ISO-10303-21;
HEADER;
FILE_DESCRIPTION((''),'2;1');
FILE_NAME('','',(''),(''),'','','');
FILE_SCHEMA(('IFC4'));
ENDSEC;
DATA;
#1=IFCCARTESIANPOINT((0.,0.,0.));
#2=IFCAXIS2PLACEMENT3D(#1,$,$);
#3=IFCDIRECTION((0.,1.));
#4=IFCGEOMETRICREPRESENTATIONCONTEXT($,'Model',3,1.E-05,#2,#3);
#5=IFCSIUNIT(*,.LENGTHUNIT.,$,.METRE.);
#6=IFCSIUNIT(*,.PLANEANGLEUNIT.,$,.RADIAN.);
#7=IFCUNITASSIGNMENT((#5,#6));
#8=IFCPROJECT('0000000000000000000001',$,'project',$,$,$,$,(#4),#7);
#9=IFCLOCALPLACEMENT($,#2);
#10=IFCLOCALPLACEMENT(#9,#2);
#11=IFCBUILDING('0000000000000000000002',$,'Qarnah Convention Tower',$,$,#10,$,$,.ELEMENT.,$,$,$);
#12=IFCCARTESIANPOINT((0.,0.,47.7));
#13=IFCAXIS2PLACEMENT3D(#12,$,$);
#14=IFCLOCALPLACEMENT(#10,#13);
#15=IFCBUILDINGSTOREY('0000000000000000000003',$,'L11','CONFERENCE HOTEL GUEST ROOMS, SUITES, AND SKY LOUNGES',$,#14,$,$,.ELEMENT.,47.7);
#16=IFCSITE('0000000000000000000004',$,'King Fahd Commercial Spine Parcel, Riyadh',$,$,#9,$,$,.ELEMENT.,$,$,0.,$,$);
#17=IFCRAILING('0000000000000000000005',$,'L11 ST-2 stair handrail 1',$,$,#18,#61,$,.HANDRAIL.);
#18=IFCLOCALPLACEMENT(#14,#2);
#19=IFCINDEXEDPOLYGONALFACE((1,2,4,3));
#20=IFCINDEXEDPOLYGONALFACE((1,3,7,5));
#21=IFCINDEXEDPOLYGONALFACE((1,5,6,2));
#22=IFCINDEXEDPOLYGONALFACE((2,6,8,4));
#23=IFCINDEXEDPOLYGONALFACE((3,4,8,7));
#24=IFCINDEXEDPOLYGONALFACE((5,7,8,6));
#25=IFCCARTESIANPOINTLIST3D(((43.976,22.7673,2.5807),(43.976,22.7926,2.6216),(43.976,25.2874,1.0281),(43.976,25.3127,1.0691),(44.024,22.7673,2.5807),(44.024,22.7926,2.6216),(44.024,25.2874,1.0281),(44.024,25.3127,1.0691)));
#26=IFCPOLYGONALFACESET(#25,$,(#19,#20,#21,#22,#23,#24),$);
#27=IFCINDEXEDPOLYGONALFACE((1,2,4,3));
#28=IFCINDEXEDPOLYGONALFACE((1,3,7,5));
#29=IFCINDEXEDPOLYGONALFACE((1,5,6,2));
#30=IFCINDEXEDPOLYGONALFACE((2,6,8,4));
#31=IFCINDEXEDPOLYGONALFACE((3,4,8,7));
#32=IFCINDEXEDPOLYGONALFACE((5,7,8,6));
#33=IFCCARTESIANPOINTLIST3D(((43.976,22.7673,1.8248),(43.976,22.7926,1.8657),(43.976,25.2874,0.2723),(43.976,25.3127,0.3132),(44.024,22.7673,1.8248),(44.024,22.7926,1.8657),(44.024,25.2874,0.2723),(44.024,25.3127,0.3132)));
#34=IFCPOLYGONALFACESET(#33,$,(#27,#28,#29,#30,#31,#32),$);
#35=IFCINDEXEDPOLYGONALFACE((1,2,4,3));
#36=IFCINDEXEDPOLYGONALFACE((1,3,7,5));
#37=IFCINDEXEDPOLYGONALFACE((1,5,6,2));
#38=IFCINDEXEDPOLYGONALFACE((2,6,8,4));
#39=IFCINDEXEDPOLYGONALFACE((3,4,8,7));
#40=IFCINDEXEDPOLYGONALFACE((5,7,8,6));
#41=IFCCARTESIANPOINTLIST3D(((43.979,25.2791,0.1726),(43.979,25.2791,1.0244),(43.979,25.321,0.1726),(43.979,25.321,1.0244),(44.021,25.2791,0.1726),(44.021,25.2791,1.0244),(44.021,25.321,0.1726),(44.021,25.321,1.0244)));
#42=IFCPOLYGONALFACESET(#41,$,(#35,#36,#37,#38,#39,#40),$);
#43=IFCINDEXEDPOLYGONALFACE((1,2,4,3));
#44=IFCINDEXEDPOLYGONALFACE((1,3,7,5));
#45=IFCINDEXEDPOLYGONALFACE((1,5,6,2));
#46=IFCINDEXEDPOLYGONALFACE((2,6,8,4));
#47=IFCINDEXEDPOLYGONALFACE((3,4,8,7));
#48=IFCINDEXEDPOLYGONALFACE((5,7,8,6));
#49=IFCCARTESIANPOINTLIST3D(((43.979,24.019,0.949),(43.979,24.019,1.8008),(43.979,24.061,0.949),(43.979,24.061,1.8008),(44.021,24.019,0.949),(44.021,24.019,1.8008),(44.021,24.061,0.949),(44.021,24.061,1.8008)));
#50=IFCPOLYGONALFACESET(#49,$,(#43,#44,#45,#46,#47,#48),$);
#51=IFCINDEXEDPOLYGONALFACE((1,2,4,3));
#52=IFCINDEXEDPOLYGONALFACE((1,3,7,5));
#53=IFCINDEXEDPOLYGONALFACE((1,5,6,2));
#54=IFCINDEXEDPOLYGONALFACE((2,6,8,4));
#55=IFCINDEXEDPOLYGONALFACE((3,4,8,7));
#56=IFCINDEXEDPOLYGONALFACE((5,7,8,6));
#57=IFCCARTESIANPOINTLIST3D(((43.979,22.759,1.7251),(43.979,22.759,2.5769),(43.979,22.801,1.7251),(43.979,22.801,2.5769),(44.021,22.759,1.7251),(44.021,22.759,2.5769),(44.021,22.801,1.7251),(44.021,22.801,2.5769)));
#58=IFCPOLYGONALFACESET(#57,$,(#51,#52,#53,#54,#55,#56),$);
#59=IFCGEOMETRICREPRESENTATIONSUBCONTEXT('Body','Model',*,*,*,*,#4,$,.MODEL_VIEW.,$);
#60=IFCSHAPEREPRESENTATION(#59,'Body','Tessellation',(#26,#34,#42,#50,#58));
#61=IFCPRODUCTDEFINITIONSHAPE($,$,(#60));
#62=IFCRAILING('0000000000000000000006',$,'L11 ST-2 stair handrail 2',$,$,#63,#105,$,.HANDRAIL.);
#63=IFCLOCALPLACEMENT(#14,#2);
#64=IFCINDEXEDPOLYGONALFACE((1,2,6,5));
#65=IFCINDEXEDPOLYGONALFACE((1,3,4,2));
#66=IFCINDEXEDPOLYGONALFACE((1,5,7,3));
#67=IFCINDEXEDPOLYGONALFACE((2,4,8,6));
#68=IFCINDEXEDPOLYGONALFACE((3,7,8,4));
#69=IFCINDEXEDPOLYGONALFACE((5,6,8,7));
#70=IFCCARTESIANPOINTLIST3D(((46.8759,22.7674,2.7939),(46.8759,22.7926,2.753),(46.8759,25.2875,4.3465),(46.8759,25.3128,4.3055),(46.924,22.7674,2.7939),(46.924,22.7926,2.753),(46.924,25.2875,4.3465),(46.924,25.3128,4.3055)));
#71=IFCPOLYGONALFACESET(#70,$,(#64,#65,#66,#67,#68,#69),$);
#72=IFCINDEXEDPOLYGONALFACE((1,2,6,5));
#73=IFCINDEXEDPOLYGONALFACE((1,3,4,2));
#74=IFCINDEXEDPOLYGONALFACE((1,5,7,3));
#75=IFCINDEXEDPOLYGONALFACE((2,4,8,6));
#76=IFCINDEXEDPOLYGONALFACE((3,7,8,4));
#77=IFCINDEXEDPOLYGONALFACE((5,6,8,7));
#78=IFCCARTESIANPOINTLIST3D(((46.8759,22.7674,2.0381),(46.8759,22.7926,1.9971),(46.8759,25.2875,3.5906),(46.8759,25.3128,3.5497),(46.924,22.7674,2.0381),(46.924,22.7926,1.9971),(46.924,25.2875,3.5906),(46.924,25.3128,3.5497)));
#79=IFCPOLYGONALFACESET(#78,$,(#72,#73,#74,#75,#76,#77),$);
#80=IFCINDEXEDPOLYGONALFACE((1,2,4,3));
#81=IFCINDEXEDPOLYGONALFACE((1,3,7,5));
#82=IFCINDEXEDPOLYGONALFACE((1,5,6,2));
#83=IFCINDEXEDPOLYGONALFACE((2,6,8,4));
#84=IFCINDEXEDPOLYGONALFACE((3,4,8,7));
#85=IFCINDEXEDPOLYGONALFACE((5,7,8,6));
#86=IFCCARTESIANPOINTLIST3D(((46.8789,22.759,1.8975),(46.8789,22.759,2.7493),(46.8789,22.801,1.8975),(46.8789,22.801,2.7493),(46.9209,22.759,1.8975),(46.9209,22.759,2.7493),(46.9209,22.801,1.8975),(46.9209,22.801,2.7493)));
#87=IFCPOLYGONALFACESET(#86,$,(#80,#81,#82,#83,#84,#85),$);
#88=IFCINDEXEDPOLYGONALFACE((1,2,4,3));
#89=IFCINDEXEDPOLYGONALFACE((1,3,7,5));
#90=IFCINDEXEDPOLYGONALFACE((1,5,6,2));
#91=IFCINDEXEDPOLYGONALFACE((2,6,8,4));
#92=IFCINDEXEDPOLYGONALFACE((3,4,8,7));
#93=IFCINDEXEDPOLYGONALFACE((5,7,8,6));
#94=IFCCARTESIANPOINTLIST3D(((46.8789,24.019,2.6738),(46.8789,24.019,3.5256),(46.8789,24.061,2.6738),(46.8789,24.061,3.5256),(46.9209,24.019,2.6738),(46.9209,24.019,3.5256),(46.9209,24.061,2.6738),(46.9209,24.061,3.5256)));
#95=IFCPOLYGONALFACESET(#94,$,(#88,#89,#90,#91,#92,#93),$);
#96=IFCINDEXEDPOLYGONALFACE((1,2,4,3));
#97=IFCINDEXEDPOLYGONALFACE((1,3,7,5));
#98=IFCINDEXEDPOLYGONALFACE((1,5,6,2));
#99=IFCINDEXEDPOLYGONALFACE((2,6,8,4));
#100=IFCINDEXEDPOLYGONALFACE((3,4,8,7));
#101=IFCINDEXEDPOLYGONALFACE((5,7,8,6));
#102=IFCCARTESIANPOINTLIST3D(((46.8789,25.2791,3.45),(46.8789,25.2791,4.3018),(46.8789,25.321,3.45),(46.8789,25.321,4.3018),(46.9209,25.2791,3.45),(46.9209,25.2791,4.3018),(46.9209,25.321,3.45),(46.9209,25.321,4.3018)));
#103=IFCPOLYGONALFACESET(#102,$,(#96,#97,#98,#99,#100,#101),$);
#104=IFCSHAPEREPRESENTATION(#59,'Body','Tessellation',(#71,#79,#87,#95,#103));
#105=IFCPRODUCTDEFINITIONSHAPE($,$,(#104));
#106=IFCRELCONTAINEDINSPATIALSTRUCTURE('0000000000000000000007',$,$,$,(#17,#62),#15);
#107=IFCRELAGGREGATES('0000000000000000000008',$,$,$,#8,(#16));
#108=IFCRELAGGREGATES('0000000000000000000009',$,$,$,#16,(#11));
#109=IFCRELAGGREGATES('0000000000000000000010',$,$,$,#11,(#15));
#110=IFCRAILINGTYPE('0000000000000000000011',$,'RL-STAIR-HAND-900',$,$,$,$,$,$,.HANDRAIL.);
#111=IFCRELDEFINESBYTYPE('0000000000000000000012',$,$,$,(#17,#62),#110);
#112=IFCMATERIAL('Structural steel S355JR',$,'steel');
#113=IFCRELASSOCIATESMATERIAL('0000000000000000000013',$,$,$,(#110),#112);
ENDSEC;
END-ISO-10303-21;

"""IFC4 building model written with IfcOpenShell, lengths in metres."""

from ifc_helpers import new_model, si_unit, direction, frame, origin, origin_2d, place, context, subcontext, project, spatial, rectangle, extrude, material, type_object, element, save


model = new_model("IFC4")

# Units and contexts
model_context = context("Model", 3, precision=1e-05, world=origin(), true_north=direction((0.0, 1.0)))
body_context = subcontext(model_context, "Body", "Model", "MODEL_VIEW")
ifc_project = project(units=[si_unit("LENGTHUNIT", "METRE"), si_unit("PLANEANGLEUNIT", "RADIAN")], contexts=[model_context])

# Site, building, storey
site_placement = place(None, origin())
site = spatial("IfcSite", under=ifc_project, at=site_placement, Name="King Fahd Commercial Spine Parcel, Riyadh", CompositionType="ELEMENT", RefElevation=0.0)
building_placement = place(site_placement, origin())
building = spatial("IfcBuilding", under=site, at=building_placement, Name="Qarnah Convention Tower", CompositionType="ELEMENT")
storey_placement = place(building_placement, frame((0.0, 0.0, 47.7)))
storey = spatial("IfcBuildingStorey", under=building, at=storey_placement, Name="L11", Description="CONFERENCE HOTEL GUEST ROOMS, SUITES, AND SKY LOUNGES", CompositionType="ELEMENT", Elevation=47.7)

# Shared definitions
ifc_material_1 = material(Name="Structural steel S355JR", Category="steel")

# Railings
railing_type_1 = type_object("IfcRailingType", Name="RL-STAIR-HAND-900", PredefinedType="HANDRAIL", material=ifc_material_1)
railing_1_placement = place(storey_placement, frame((44.0, 25.3, 0.1726)))
element("IfcRailing", 1, at=railing_1_placement, inside=storey, type_object=railing_type_1, Name="L11 ST-2 stair handrail 1", PredefinedType="HANDRAIL", context=body_context, shape_type="SweptSolid", body=[
    extrude(rectangle(XDim=0.0481, YDim=0.0481, at=origin_2d()), frame((0.0, 0.0, 0.876), z_axis=(0.0, -0.8514, 0.524516), x_axis=(1.0, 0.0, 0.0)), (0.0, 0.0, 1.0), 2.96),
    extrude(rectangle(XDim=0.0481, YDim=0.0481, at=origin_2d()), frame((0.0, 0.0, 0.1201), z_axis=(0.0, -0.8514, 0.524516), x_axis=(1.0, 0.0, 0.0)), (0.0, 0.0, 1.0), 2.96),
    extrude(rectangle(XDim=0.042, YDim=0.042, at=origin_2d()), origin(), (0.0, 0.0, 1.0), 0.8518),
    extrude(rectangle(XDim=0.042, YDim=0.042, at=origin_2d()), frame((0.0, -1.26, 0.7764)), (0.0, 0.0, 1.0), 0.8518),
    extrude(rectangle(XDim=0.042, YDim=0.042, at=origin_2d()), frame((0.0, -2.52, 1.5525)), (0.0, 0.0, 1.0), 0.8518),
])
railing_2_placement = place(storey_placement, frame((46.8999, 22.78, 1.8975)))
element("IfcRailing", 2, at=railing_2_placement, inside=storey, type_object=railing_type_1, Name="L11 ST-2 stair handrail 2", PredefinedType="HANDRAIL", context=body_context, shape_type="SweptSolid", body=[
    extrude(rectangle(XDim=0.0481, YDim=0.0481, at=origin_2d()), frame((0.0, 0.0, 0.876), z_axis=(0.0, 0.8514, 0.524516), x_axis=(-1.0, 0.0, 0.0)), (0.0, 0.0, 1.0), 2.96),
    extrude(rectangle(XDim=0.0481, YDim=0.0481, at=origin_2d()), frame((0.0, 0.0, 0.1201), z_axis=(0.0, 0.8514, 0.524516), x_axis=(-1.0, 0.0, 0.0)), (0.0, 0.0, 1.0), 2.96),
    extrude(rectangle(XDim=0.042, YDim=0.042, at=origin_2d()), origin(), (0.0, 0.0, 1.0), 0.8518),
    extrude(rectangle(XDim=0.042, YDim=0.042, at=origin_2d()), frame((0.0, 1.26, 0.7764)), (0.0, 0.0, 1.0), 0.8518),
    extrude(rectangle(XDim=0.042, YDim=0.042, at=origin_2d()), frame((0.0, 2.52, 1.5525)), (0.0, 0.0, 1.0), 0.8518),
])

save(model, "model.ifc")
